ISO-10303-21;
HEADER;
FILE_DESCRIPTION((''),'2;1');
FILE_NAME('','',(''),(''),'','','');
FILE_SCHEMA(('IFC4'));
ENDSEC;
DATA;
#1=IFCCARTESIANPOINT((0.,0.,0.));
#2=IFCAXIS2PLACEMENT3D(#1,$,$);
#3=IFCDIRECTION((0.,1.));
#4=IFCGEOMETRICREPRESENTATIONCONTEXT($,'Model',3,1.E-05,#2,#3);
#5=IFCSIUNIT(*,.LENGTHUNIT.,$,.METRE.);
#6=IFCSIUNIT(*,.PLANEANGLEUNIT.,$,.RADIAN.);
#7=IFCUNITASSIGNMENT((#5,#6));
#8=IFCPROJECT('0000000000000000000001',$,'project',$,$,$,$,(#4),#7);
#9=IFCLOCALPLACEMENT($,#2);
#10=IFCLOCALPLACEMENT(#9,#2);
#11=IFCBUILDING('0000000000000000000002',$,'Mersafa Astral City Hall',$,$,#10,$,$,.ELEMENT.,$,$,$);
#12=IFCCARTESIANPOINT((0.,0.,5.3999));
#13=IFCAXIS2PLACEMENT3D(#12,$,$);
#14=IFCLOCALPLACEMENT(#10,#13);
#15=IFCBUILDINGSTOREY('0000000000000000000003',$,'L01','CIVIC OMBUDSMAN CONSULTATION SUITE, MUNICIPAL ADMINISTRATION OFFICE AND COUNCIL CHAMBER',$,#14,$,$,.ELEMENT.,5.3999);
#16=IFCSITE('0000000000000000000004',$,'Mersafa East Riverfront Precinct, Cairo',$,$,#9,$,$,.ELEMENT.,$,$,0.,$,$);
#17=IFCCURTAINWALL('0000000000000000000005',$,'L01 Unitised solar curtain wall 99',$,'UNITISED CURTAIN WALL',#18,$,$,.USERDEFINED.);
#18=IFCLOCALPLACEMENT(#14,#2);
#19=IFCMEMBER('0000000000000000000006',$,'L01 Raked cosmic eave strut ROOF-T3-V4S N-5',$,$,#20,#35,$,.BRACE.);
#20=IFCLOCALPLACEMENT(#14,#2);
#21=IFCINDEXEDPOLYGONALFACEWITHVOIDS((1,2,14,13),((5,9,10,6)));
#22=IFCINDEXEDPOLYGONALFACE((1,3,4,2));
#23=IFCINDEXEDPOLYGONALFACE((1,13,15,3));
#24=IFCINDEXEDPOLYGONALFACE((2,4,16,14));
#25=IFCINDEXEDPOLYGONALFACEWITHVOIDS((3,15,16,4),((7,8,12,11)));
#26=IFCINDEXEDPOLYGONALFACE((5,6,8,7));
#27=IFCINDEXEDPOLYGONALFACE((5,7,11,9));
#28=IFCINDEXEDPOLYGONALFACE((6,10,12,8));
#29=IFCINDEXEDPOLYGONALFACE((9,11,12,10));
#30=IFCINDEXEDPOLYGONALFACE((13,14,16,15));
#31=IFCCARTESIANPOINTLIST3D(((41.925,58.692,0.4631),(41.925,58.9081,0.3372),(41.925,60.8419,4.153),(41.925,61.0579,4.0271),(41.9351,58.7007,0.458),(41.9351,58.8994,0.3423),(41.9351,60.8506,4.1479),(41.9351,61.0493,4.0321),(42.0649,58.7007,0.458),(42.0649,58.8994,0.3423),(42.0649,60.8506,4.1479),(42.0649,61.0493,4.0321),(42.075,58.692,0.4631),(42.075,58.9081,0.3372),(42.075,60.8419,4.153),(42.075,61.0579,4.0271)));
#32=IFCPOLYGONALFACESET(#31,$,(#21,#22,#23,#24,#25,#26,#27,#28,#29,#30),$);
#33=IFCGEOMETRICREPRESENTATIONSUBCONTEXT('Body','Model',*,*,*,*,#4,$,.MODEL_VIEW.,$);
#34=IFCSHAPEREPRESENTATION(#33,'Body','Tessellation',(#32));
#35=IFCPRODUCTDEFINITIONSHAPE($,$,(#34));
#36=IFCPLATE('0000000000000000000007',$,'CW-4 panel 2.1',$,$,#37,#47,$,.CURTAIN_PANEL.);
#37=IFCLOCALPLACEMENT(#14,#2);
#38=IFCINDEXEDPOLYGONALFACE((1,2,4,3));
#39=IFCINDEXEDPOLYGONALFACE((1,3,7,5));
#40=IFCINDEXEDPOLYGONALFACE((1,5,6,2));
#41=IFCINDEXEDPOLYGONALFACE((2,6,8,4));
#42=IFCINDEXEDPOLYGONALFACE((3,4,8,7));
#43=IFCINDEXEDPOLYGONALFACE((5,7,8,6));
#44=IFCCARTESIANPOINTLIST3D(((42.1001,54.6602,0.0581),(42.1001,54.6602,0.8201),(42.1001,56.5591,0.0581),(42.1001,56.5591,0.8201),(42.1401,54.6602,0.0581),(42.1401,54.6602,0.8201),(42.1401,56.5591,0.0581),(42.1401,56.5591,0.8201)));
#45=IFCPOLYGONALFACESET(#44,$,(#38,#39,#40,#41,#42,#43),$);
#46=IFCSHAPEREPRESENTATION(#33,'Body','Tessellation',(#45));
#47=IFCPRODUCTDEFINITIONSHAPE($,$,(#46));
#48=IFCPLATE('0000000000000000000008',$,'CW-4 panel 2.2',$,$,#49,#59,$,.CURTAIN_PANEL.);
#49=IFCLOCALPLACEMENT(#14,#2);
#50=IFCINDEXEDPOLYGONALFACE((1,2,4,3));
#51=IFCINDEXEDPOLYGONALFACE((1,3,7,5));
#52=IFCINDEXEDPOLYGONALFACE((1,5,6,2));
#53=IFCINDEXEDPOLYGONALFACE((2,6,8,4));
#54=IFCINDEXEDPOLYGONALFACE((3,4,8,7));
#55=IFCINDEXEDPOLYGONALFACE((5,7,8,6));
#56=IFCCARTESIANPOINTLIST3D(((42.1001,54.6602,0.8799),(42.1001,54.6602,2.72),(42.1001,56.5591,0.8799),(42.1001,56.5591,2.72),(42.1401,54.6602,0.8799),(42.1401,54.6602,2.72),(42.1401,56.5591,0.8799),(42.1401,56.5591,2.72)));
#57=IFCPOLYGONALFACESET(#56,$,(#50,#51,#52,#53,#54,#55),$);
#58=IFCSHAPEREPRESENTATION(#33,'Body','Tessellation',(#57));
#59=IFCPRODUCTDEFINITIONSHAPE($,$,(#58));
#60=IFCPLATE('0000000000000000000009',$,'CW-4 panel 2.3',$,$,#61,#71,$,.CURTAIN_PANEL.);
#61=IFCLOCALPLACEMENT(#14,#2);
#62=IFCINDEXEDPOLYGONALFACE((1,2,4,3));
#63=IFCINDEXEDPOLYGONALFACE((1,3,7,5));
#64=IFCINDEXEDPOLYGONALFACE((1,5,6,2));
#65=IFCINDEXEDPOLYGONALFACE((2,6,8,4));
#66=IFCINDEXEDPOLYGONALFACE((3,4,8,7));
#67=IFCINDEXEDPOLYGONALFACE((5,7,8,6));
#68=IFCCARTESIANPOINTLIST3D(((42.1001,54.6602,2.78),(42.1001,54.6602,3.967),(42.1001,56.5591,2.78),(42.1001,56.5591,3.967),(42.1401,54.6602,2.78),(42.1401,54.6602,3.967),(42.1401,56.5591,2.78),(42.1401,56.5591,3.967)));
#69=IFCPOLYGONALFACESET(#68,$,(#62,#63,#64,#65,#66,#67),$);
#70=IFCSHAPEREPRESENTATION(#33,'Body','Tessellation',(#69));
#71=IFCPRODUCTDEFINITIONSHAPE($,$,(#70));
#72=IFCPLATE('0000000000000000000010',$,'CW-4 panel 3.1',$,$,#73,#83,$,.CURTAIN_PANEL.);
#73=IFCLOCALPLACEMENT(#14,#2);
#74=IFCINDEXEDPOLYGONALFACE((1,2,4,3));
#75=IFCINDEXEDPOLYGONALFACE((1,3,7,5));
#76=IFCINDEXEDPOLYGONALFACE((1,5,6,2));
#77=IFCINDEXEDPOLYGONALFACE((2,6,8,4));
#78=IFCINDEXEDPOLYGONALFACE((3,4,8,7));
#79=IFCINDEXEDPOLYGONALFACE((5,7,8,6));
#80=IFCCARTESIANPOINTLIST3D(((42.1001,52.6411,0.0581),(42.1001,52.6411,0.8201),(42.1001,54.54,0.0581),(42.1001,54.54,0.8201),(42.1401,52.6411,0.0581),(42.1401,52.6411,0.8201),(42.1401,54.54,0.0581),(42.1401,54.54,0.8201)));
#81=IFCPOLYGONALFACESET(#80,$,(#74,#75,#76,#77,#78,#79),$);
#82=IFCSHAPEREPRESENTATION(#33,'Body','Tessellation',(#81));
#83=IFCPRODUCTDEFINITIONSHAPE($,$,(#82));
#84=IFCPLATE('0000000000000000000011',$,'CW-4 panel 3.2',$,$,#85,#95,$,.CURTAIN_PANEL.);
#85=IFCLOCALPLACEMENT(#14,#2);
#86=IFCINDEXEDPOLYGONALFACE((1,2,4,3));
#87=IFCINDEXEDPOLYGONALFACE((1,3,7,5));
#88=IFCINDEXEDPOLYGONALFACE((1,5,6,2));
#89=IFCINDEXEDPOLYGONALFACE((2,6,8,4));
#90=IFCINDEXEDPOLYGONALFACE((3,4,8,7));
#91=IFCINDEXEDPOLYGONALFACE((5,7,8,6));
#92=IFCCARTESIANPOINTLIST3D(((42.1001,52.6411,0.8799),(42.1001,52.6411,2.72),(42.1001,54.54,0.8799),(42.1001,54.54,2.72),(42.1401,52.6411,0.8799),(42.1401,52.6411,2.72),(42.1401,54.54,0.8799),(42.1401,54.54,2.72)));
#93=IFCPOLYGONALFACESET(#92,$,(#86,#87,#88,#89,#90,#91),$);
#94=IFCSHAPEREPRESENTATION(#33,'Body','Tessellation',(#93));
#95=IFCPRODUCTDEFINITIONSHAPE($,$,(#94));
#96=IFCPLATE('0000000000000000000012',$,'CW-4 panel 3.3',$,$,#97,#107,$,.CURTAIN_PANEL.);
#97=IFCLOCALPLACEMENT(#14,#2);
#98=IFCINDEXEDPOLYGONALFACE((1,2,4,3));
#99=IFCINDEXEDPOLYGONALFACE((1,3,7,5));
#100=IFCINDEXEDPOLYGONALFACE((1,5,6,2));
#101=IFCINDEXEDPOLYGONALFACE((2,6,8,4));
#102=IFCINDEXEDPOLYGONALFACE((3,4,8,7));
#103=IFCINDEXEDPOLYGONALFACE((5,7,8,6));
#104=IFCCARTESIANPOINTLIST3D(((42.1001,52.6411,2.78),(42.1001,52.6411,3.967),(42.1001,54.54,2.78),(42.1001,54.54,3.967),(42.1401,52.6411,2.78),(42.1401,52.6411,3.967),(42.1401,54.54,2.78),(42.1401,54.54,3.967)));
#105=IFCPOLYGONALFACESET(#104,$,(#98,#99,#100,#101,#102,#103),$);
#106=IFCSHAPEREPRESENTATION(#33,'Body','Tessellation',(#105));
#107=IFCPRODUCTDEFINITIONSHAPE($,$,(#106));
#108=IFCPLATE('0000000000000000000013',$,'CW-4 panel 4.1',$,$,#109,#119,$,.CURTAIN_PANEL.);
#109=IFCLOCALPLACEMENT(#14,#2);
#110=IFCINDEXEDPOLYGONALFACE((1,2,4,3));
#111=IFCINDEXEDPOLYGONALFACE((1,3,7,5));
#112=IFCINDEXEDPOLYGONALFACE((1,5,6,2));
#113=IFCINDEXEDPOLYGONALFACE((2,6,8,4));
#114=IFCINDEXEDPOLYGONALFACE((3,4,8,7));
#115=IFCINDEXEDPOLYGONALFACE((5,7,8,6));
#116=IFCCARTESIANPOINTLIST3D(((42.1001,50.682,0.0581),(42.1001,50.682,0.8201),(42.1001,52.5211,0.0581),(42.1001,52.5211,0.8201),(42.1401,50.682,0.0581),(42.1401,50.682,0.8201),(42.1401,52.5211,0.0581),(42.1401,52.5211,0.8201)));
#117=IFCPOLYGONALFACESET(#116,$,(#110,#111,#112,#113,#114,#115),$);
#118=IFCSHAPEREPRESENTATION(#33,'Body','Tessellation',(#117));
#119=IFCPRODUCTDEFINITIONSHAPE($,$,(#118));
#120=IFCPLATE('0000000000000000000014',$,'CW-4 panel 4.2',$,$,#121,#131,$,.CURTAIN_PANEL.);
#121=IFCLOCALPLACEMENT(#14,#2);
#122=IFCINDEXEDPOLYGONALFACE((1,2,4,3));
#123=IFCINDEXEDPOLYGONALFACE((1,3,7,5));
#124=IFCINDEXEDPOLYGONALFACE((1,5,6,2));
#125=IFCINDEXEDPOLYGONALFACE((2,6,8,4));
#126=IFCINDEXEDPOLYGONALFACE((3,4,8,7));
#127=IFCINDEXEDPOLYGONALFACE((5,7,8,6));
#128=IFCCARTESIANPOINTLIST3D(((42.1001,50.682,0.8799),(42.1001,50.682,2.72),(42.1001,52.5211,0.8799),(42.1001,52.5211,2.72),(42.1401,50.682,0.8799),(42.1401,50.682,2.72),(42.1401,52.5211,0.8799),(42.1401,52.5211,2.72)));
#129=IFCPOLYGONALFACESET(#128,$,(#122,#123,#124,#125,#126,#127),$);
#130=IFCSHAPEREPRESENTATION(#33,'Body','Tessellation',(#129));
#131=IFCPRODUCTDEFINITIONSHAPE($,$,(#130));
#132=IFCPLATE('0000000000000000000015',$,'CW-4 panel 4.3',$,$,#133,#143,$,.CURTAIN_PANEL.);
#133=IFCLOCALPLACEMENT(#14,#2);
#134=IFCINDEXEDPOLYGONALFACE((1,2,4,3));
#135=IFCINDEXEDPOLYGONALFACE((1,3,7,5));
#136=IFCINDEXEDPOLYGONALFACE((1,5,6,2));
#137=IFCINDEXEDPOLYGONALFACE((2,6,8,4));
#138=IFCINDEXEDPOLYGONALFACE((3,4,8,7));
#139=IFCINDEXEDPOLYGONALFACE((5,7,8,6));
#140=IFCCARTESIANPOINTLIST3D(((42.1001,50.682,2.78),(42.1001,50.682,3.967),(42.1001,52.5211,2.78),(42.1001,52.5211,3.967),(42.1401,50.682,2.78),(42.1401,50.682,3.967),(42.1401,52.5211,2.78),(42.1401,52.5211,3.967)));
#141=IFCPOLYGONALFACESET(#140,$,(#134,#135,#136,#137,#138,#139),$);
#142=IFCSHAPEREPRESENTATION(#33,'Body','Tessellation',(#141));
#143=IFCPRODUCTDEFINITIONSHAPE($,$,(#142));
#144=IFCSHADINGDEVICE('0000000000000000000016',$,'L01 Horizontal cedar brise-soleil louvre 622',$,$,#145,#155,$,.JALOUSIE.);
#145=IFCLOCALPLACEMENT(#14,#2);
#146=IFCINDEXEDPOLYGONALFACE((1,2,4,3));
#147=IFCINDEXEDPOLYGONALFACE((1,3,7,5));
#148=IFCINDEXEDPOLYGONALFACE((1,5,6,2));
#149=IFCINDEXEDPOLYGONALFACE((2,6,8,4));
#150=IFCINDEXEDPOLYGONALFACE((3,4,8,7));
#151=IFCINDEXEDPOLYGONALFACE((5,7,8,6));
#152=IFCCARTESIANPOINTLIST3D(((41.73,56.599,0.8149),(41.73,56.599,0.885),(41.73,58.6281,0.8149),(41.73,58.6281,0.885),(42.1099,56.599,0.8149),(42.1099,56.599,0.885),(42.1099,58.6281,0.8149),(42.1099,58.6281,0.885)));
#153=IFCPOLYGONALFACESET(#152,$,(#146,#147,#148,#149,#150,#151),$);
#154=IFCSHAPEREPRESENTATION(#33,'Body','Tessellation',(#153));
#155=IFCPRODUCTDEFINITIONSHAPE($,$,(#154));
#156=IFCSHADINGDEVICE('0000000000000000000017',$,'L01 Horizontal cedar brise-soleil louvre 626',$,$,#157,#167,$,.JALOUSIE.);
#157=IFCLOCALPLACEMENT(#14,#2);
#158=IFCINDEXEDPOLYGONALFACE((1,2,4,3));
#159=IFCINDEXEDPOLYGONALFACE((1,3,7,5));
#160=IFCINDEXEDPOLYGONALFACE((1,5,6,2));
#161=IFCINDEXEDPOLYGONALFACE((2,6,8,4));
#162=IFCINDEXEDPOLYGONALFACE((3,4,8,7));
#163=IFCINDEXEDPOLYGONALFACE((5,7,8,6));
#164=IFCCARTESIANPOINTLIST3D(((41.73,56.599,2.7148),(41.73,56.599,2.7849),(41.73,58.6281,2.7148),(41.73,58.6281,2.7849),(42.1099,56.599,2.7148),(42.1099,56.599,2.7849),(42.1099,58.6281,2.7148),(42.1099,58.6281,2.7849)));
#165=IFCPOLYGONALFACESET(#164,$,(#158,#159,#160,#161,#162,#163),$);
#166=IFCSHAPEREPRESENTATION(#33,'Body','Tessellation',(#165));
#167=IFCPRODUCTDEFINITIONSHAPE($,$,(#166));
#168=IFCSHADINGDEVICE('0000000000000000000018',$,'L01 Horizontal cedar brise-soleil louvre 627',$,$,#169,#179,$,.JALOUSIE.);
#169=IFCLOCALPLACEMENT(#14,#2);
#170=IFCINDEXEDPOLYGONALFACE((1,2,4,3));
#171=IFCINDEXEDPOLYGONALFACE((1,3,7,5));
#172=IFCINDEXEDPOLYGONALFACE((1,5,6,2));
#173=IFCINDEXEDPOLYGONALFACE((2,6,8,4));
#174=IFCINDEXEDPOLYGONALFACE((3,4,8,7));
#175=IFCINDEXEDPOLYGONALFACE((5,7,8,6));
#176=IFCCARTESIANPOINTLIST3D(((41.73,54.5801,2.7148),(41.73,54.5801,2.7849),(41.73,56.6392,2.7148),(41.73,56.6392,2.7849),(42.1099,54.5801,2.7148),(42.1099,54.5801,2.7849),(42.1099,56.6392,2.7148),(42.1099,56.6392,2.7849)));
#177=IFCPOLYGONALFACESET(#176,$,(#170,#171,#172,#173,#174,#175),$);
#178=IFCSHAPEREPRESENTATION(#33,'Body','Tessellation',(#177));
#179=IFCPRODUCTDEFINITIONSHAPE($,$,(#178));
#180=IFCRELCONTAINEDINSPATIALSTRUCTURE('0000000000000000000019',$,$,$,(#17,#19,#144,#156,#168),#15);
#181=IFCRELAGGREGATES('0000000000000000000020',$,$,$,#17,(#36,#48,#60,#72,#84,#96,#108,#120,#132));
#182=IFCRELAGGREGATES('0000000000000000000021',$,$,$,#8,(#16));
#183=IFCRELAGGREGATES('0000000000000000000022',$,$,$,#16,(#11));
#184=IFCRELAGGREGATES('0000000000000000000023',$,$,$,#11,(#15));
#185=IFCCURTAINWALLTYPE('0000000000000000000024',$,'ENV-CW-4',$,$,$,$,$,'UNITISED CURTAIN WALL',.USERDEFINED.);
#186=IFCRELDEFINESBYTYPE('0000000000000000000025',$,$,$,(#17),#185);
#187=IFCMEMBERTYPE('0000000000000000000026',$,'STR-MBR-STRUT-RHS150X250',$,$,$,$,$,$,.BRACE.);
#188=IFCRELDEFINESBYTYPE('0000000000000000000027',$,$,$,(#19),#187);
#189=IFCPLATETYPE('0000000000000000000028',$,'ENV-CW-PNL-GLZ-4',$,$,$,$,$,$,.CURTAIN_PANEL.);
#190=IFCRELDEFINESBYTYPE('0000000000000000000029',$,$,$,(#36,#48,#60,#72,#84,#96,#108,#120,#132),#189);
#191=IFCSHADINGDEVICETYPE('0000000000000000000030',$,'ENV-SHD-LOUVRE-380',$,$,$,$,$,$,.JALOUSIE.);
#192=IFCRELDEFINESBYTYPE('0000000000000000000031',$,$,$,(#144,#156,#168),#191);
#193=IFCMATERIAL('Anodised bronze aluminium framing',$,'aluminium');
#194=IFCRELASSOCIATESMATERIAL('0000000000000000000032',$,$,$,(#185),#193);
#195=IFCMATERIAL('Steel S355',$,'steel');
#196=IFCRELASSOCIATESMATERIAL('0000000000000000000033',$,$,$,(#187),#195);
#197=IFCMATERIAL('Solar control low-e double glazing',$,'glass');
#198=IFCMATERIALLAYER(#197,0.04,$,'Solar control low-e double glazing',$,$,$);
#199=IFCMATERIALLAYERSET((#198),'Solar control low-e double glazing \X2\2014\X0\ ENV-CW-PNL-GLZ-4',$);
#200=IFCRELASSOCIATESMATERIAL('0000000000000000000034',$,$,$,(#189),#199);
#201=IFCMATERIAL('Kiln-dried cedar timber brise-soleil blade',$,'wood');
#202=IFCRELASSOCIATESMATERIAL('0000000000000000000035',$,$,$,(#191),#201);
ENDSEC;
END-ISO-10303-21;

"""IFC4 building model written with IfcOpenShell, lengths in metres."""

from ifc_helpers import new_model, si_unit, direction, frame, origin, origin_2d, place, context, subcontext, project, spatial, rectangle, hollow_rectangle, extrude, material, layer, layer_set, material_profile, profile_set, type_object, element, aggregate, save


model = new_model("IFC4")

# Units and contexts
model_context = context("Model", 3, precision=1e-05, world=origin(), true_north=direction((0.0, 1.0)))
body_context = subcontext(model_context, "Body", "Model", "MODEL_VIEW")
ifc_project = project(units=[si_unit("LENGTHUNIT", "METRE"), si_unit("PLANEANGLEUNIT", "RADIAN")], contexts=[model_context])

# Site, building, storey
site_placement = place(None, origin())
site = spatial("IfcSite", under=ifc_project, at=site_placement, Name="Mersafa East Riverfront Precinct, Cairo", CompositionType="ELEMENT", RefElevation=0.0)
building_placement = place(site_placement, origin())
building = spatial("IfcBuilding", under=site, at=building_placement, Name="Mersafa Astral City Hall", CompositionType="ELEMENT")
storey_placement = place(building_placement, frame((0.0, 0.0, 5.3999)))
storey = spatial("IfcBuildingStorey", under=building, at=storey_placement, Name="L01", Description="CIVIC OMBUDSMAN CONSULTATION SUITE, MUNICIPAL ADMINISTRATION OFFICE AND COUNCIL CHAMBER", CompositionType="ELEMENT", Elevation=5.3999)

# Shared definitions
ifc_material_1 = material(Name="Steel S355", Category="steel")

# Curtain wall
ifc_material_2 = material(Name="Anodised bronze aluminium framing", Category="aluminium")
curtain_wall_type = type_object("IfcCurtainWallType", Name="ENV-CW-4", ElementType="UNITISED CURTAIN WALL", PredefinedType="USERDEFINED", material=ifc_material_2)
curtain_wall_placement = place(storey_placement, origin())
curtain_wall = element("IfcCurtainWall", 1, at=curtain_wall_placement, inside=storey, type_object=curtain_wall_type, Name="L01 Unitised solar curtain wall 99", ObjectType="UNITISED CURTAIN WALL", PredefinedType="USERDEFINED")

# Member
ifc_material_profile_1 = material_profile(ifc_material_1, hollow_rectangle(XDim=0.1499, YDim=0.25, WallThickness=0.01, at=origin_2d()), Name="RHS 150x250x10")
ifc_profile_set_1 = profile_set([ifc_material_profile_1], Name="Steel S355")
member_type_1 = type_object("IfcMemberType", Name="STR-MBR-STRUT-RHS150X250", PredefinedType="BRACE", material=ifc_profile_set_1)
member_1_placement = place(storey_placement, frame((42.0, 58.8, 0.4001), z_axis=(0.0, 0.503423, 0.86404), x_axis=(-1.0, 0.0, 0.0)))
element("IfcMember", 2, at=member_1_placement, inside=storey, type_object=member_type_1, Name="L01 Raked cosmic eave strut ROOF-T3-V4S N-5", PredefinedType="BRACE", context=body_context, shape_type="SweptSolid", body=[
    extrude(hollow_rectangle(XDim=0.1499, YDim=0.25, WallThickness=0.01, at=origin_2d()), origin(), (0.0, 0.0, 1.0), 4.2705),
])

# Plates
ifc_material_3 = material(Name="Solar control low-e double glazing", Category="glass")
ifc_layer = layer(ifc_material_3, 0.04, Name="Solar control low-e double glazing")
ifc_layer_set = layer_set([ifc_layer], Name="Solar control low-e double glazing — ENV-CW-PNL-GLZ-4")
plate_type = type_object("IfcPlateType", Name="ENV-CW-PNL-GLZ-4", PredefinedType="CURTAIN_PANEL", material=ifc_layer_set)
plate_1_placement = place(storey_placement, frame((42.1201, 55.6096, 0.0581), z_axis=(0.0, 0.0, 1.0), x_axis=(0.0, -1.0, 0.0)))
plate_1 = element("IfcPlate", 3, at=plate_1_placement, type_object=plate_type, Name="CW-4 panel 2.1", PredefinedType="CURTAIN_PANEL", context=body_context, shape_type="SweptSolid", body=[
    extrude(rectangle(XDim=1.8989, YDim=0.04, at=origin_2d()), origin(), (0.0, 0.0, 1.0), 0.762),
])
plate_2_placement = place(storey_placement, frame((42.1201, 55.6096, 0.8799), z_axis=(0.0, 0.0, 1.0), x_axis=(0.0, -1.0, 0.0)))
plate_2 = element("IfcPlate", 4, at=plate_2_placement, type_object=plate_type, Name="CW-4 panel 2.2", PredefinedType="CURTAIN_PANEL", context=body_context, shape_type="SweptSolid", body=[
    extrude(rectangle(XDim=1.8989, YDim=0.04, at=origin_2d()), origin(), (0.0, 0.0, 1.0), 1.8401),
])
plate_3_placement = place(storey_placement, frame((42.1201, 55.6096, 2.78), z_axis=(0.0, 0.0, 1.0), x_axis=(0.0, -1.0, 0.0)))
plate_3 = element("IfcPlate", 5, at=plate_3_placement, type_object=plate_type, Name="CW-4 panel 2.3", PredefinedType="CURTAIN_PANEL", context=body_context, shape_type="SweptSolid", body=[
    extrude(rectangle(XDim=1.8989, YDim=0.04, at=origin_2d()), origin(), (0.0, 0.0, 1.0), 1.187),
])
plate_4_placement = place(storey_placement, frame((42.1201, 53.5906, 0.0581), z_axis=(0.0, 0.0, 1.0), x_axis=(0.0, -1.0, 0.0)))
plate_4 = element("IfcPlate", 6, at=plate_4_placement, type_object=plate_type, Name="CW-4 panel 3.1", PredefinedType="CURTAIN_PANEL", context=body_context, shape_type="SweptSolid", body=[
    extrude(rectangle(XDim=1.8989, YDim=0.04, at=origin_2d()), origin(), (0.0, 0.0, 1.0), 0.762),
])
plate_5_placement = place(storey_placement, frame((42.1201, 53.5906, 0.8799), z_axis=(0.0, 0.0, 1.0), x_axis=(0.0, -1.0, 0.0)))
plate_5 = element("IfcPlate", 7, at=plate_5_placement, type_object=plate_type, Name="CW-4 panel 3.2", PredefinedType="CURTAIN_PANEL", context=body_context, shape_type="SweptSolid", body=[
    extrude(rectangle(XDim=1.8989, YDim=0.04, at=origin_2d()), origin(), (0.0, 0.0, 1.0), 1.8401),
])
plate_6_placement = place(storey_placement, frame((42.1201, 53.5906, 2.78), z_axis=(0.0, 0.0, 1.0), x_axis=(0.0, -1.0, 0.0)))
plate_6 = element("IfcPlate", 8, at=plate_6_placement, type_object=plate_type, Name="CW-4 panel 3.3", PredefinedType="CURTAIN_PANEL", context=body_context, shape_type="SweptSolid", body=[
    extrude(rectangle(XDim=1.8989, YDim=0.04, at=origin_2d()), origin(), (0.0, 0.0, 1.0), 1.187),
])
plate_7_placement = place(storey_placement, frame((42.1201, 51.6016, 0.0581), z_axis=(0.0, 0.0, 1.0), x_axis=(0.0, -1.0, 0.0)))
plate_7 = element("IfcPlate", 9, at=plate_7_placement, type_object=plate_type, Name="CW-4 panel 4.1", PredefinedType="CURTAIN_PANEL", context=body_context, shape_type="SweptSolid", body=[
    extrude(rectangle(XDim=1.8391, YDim=0.04, at=origin_2d()), origin(), (0.0, 0.0, 1.0), 0.762),
])
plate_8_placement = place(storey_placement, frame((42.1201, 51.6016, 0.8799), z_axis=(0.0, 0.0, 1.0), x_axis=(0.0, -1.0, 0.0)))
plate_8 = element("IfcPlate", 10, at=plate_8_placement, type_object=plate_type, Name="CW-4 panel 4.2", PredefinedType="CURTAIN_PANEL", context=body_context, shape_type="SweptSolid", body=[
    extrude(rectangle(XDim=1.8391, YDim=0.04, at=origin_2d()), origin(), (0.0, 0.0, 1.0), 1.8401),
])
plate_9_placement = place(storey_placement, frame((42.1201, 51.6016, 2.78), z_axis=(0.0, 0.0, 1.0), x_axis=(0.0, -1.0, 0.0)))
plate_9 = element("IfcPlate", 11, at=plate_9_placement, type_object=plate_type, Name="CW-4 panel 4.3", PredefinedType="CURTAIN_PANEL", context=body_context, shape_type="SweptSolid", body=[
    extrude(rectangle(XDim=1.8391, YDim=0.04, at=origin_2d()), origin(), (0.0, 0.0, 1.0), 1.187),
])
aggregate(curtain_wall, [plate_1, plate_2, plate_3, plate_4, plate_5, plate_6, plate_7, plate_8, plate_9])

# Shading devices
ifc_material_4 = material(Name="Kiln-dried cedar timber brise-soleil blade", Category="wood")
shading_device_type = type_object("IfcShadingDeviceType", Name="ENV-SHD-LOUVRE-380", PredefinedType="JALOUSIE", material=ifc_material_4)
for number, where, z_axis, x_axis, name in (
    (12, (41.9199, 57.6135, 0.8149), (0.0, 0.0, 1.0), (0.0, -1.0, 0.0), "L01 Horizontal cedar brise-soleil louvre 622"),
    (13, (41.9199, 57.6135, 2.7148), (0.0, 0.0, 1.0), (0.0, -1.0, 0.0), "L01 Horizontal cedar brise-soleil louvre 626"),
):
    element("IfcShadingDevice", number, at=place(storey_placement, frame(where, z_axis=z_axis, x_axis=x_axis)), inside=storey, type_object=shading_device_type, Name=name, PredefinedType="JALOUSIE", context=body_context, shape_type="SweptSolid", body=[
        extrude(rectangle(XDim=2.0291, YDim=0.3799, at=origin_2d()), origin(), (0.0, 0.0, 1.0), 0.0701),
    ])
shading_device_placement = place(storey_placement, frame((41.9199, 55.6096, 2.7148), z_axis=(0.0, 0.0, 1.0), x_axis=(0.0, -1.0, 0.0)))
element("IfcShadingDevice", 14, at=shading_device_placement, inside=storey, type_object=shading_device_type, Name="L01 Horizontal cedar brise-soleil louvre 627", PredefinedType="JALOUSIE", context=body_context, shape_type="SweptSolid", body=[
    extrude(rectangle(XDim=2.0591, YDim=0.3799, at=origin_2d()), origin(), (0.0, 0.0, 1.0), 0.0701),
])

save(model, "model.ifc")
